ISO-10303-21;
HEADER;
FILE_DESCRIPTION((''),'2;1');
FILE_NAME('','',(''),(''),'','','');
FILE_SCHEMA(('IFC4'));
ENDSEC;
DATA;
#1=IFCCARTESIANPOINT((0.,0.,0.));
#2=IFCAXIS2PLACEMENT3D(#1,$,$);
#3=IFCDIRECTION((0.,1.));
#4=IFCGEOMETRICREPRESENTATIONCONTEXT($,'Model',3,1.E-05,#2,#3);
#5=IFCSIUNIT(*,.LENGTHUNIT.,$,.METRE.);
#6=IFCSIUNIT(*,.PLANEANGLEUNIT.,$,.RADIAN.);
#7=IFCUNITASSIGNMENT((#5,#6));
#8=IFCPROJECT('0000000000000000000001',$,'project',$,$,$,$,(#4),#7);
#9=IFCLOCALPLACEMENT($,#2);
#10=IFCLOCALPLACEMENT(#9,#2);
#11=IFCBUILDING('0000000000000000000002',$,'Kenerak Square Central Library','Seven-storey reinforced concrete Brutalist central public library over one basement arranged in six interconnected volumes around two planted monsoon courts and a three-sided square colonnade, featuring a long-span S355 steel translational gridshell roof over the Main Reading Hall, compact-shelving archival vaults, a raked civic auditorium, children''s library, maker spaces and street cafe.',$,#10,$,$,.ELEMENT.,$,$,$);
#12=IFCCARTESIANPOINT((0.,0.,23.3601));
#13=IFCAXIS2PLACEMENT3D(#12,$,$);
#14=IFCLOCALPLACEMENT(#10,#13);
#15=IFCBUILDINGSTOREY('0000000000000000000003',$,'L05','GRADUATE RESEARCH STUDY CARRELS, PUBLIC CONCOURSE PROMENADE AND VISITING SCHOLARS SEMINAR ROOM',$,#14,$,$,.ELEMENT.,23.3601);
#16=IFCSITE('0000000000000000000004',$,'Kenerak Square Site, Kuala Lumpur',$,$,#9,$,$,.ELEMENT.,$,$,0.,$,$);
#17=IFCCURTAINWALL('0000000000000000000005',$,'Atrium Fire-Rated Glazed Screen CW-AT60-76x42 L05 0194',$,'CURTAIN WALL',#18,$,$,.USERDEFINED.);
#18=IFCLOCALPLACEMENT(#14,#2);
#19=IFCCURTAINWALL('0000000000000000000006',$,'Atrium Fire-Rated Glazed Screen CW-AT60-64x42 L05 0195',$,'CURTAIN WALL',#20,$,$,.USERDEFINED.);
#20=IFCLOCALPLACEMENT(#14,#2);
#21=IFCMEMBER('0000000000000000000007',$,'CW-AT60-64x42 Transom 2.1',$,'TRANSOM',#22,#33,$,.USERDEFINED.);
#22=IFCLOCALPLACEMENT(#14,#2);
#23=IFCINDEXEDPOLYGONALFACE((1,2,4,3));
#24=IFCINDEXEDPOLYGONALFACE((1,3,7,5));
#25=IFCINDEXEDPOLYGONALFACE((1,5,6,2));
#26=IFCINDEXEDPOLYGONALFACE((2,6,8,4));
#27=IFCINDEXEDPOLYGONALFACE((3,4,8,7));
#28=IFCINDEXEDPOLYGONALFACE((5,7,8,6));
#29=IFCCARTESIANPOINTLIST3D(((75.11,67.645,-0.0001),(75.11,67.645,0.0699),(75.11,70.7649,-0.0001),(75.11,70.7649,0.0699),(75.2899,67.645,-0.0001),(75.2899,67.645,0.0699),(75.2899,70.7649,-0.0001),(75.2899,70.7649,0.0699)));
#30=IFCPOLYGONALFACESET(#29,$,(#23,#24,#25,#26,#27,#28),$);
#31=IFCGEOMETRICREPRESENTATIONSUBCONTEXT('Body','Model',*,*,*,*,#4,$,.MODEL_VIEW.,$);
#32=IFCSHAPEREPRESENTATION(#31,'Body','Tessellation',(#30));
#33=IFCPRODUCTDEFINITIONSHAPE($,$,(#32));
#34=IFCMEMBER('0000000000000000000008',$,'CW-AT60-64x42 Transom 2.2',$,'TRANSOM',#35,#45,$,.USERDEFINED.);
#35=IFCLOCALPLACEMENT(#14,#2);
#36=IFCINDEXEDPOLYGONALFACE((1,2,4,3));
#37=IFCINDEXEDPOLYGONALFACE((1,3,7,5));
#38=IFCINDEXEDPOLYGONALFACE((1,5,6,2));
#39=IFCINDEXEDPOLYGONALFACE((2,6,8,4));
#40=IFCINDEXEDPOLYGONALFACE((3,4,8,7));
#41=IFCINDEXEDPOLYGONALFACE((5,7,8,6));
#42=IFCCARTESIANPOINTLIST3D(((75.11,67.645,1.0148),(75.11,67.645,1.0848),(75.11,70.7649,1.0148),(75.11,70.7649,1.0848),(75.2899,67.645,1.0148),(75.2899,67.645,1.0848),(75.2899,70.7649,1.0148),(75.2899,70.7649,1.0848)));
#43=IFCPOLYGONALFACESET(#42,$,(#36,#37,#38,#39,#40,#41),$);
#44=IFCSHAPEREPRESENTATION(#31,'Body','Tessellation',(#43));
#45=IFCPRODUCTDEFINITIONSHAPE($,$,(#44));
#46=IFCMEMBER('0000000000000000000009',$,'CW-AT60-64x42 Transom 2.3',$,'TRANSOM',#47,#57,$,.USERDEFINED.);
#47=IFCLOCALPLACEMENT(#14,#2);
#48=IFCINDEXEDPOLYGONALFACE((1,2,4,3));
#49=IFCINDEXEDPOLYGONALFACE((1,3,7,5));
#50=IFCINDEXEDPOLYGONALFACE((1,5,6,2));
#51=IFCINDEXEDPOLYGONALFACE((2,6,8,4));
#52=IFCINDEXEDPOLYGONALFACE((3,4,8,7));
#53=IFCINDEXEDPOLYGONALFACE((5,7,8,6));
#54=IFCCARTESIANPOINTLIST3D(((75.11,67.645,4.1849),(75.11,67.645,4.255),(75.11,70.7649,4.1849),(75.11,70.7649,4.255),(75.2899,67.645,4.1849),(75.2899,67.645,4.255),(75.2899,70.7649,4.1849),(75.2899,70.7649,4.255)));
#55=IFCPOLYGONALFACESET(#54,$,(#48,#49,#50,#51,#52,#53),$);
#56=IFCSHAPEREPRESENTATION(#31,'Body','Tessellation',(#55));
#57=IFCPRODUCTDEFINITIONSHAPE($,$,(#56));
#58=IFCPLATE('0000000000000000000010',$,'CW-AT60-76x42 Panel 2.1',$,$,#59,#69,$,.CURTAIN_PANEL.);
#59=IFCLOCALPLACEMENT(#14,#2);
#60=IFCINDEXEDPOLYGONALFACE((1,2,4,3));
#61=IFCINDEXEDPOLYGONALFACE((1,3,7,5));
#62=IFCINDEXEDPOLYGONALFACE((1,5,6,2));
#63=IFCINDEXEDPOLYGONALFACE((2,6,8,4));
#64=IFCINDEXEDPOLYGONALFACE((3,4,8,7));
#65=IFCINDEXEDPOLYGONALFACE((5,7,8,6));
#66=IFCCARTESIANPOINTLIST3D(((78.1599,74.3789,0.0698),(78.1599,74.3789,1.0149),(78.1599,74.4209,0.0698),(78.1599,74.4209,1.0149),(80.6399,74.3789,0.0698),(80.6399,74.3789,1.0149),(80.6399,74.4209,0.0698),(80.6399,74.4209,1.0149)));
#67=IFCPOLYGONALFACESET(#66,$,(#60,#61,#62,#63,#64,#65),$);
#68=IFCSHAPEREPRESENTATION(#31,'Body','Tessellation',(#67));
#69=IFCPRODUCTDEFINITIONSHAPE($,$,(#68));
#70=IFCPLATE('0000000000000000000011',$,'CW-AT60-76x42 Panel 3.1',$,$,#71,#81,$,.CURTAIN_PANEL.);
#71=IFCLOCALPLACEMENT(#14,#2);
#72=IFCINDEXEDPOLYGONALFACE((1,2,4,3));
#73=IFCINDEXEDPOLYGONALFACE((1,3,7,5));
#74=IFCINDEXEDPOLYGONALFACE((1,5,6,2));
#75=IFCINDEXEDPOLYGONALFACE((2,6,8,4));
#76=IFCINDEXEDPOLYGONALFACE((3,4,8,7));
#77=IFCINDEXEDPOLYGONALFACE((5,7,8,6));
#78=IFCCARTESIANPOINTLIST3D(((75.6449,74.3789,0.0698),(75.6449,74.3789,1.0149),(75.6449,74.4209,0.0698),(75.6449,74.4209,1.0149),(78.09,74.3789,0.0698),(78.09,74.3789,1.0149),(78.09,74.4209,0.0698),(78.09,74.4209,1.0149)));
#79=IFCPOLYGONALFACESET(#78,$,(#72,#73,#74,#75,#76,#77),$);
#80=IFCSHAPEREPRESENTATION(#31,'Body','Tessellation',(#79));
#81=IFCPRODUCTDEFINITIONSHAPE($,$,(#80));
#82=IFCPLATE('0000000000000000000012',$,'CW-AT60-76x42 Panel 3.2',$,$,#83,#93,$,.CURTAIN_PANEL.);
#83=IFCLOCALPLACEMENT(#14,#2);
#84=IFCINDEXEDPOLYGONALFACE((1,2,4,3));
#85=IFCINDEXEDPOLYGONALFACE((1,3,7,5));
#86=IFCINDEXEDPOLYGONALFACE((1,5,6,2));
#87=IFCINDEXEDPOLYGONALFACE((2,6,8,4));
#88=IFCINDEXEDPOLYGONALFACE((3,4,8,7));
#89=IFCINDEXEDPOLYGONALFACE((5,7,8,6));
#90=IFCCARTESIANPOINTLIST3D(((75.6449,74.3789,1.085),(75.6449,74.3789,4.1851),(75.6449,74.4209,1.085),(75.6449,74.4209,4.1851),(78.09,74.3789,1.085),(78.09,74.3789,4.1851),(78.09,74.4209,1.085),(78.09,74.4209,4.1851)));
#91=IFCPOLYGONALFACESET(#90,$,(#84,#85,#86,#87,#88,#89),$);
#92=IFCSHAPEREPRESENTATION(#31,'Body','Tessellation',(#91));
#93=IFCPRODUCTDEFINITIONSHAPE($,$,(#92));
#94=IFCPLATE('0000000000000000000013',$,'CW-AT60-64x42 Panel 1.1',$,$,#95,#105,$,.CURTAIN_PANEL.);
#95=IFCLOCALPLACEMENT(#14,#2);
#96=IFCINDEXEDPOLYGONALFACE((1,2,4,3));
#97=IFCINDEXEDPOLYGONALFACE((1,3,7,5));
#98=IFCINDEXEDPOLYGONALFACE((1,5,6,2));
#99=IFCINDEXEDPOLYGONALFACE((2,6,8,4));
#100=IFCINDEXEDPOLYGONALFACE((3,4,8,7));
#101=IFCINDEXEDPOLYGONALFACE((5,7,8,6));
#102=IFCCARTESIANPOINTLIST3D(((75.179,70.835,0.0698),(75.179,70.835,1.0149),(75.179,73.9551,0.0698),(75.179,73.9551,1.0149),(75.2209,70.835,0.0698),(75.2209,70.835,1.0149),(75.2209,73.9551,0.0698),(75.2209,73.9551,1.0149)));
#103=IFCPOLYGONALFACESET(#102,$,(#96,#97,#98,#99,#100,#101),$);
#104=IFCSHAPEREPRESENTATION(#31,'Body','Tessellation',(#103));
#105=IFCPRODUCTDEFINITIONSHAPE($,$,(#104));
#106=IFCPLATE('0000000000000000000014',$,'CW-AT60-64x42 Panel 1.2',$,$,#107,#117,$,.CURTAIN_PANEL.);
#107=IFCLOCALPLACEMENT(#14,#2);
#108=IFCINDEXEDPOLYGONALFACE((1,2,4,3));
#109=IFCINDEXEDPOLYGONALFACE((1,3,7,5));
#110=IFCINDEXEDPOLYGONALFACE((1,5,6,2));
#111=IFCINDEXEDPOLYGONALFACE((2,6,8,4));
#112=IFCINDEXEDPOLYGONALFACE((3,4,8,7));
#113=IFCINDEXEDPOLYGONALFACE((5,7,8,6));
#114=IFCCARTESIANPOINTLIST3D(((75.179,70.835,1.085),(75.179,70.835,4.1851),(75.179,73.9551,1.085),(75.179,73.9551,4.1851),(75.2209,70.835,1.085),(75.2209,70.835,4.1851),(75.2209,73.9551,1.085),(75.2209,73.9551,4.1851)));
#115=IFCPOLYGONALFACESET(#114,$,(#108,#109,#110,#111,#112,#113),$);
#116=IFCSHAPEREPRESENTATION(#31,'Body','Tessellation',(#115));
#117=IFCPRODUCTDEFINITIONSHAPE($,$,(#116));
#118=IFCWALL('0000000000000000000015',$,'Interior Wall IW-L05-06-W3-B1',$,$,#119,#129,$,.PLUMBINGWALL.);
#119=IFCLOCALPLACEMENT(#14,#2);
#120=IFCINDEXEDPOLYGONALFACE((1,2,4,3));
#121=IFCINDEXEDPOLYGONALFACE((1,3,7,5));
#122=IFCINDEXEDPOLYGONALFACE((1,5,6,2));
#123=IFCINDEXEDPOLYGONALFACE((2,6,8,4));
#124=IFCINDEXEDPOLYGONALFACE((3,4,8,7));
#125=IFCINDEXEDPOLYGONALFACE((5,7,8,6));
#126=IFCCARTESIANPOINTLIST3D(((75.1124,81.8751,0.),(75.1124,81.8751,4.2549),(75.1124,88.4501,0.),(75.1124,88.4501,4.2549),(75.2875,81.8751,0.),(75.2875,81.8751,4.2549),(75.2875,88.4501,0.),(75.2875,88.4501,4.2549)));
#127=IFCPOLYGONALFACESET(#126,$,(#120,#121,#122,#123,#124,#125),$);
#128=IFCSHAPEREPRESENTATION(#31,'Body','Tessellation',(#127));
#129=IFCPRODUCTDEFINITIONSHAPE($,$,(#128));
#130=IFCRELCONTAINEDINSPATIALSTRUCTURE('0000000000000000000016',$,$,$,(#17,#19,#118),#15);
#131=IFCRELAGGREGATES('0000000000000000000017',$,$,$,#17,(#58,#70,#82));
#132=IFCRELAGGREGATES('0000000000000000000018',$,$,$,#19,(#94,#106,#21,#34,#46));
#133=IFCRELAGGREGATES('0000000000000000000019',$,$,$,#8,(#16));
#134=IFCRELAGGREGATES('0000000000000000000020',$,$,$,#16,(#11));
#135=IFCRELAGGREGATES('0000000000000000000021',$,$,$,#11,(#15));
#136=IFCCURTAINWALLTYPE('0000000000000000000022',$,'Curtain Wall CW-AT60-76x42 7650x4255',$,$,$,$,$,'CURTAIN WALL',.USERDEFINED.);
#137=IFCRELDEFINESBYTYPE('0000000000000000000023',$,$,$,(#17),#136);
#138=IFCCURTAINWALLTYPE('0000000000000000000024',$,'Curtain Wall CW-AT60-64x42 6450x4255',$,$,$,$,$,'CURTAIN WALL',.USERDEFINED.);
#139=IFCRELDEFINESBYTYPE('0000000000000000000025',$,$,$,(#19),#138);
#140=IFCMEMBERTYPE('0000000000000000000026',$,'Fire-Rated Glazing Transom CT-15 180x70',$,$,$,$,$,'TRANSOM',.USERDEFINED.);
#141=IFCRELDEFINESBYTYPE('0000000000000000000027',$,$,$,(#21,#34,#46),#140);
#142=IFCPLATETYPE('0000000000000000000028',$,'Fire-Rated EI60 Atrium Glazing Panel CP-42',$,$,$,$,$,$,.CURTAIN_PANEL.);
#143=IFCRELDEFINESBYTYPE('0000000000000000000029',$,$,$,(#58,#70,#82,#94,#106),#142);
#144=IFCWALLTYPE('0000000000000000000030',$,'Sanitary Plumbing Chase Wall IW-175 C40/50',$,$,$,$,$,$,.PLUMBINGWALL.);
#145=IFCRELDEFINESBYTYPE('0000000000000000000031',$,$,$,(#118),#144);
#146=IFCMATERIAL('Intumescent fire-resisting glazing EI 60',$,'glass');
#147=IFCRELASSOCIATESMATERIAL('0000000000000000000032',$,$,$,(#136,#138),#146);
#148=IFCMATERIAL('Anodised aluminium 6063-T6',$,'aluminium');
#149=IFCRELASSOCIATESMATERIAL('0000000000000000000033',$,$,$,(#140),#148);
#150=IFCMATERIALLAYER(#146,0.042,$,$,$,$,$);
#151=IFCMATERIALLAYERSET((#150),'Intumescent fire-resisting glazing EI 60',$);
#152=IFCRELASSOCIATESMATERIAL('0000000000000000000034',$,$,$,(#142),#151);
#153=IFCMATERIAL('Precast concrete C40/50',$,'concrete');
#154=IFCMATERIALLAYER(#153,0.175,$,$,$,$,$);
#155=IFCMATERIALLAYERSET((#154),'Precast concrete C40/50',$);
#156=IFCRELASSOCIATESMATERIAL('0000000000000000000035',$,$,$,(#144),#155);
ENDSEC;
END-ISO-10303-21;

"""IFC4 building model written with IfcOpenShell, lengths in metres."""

from ifc_helpers import new_model, si_unit, direction, frame, frame_2d, origin, origin_2d, place, context, subcontext, project, spatial, rectangle, extrude, material, layer, layer_set, material_profile, profile_set, type_object, element, aggregate, save


model = new_model("IFC4")

# Units and contexts
model_context = context("Model", 3, precision=1e-05, world=origin(), true_north=direction((0.0, 1.0)))
body_context = subcontext(model_context, "Body", "Model", "MODEL_VIEW")
ifc_project = project(units=[si_unit("LENGTHUNIT", "METRE"), si_unit("PLANEANGLEUNIT", "RADIAN")], contexts=[model_context])

# Site, building, storey
site_placement = place(None, origin())
site = spatial("IfcSite", under=ifc_project, at=site_placement, Name="Kenerak Square Site, Kuala Lumpur", CompositionType="ELEMENT", RefElevation=0.0)
building_placement = place(site_placement, origin())
building = spatial("IfcBuilding", under=site, at=building_placement, Name="Kenerak Square Central Library", Description="Seven-storey reinforced concrete Brutalist central public library over one basement arranged in six interconnected volumes around two planted monsoon courts and a three-sided square colonnade, featuring a long-span S355 steel translational gridshell roof over the Main Reading Hall, compact-shelving archival vaults, a raked civic auditorium, children's library, maker spaces and street cafe.", CompositionType="ELEMENT")
storey_placement = place(building_placement, frame((0.0, 0.0, 23.3601)))
storey = spatial("IfcBuildingStorey", under=building, at=storey_placement, Name="L05", Description="GRADUATE RESEARCH STUDY CARRELS, PUBLIC CONCOURSE PROMENADE AND VISITING SCHOLARS SEMINAR ROOM", CompositionType="ELEMENT", Elevation=23.3601)

# Curtain walls
ifc_material_1 = material(Name="Intumescent fire-resisting glazing EI 60", Category="glass")
curtain_wall_type_1 = type_object("IfcCurtainWallType", Name="Curtain Wall CW-AT60-76x42 7650x4255", ElementType="CURTAIN WALL", PredefinedType="USERDEFINED", material=ifc_material_1)
curtain_wall_1_placement = place(storey_placement, origin())
curtain_wall_1 = element("IfcCurtainWall", 1, at=curtain_wall_1_placement, inside=storey, type_object=curtain_wall_type_1, Name="Atrium Fire-Rated Glazed Screen CW-AT60-76x42 L05 0194", ObjectType="CURTAIN WALL", PredefinedType="USERDEFINED")
ifc_material_2 = material(Name="Anodised aluminium 6063-T6", Category="aluminium")
curtain_wall_type_2 = type_object("IfcCurtainWallType", Name="Curtain Wall CW-AT60-64x42 6450x4255", ElementType="CURTAIN WALL", PredefinedType="USERDEFINED", material=ifc_material_1)
curtain_wall_2_placement = place(storey_placement, origin())
curtain_wall_2 = element("IfcCurtainWall", 2, at=curtain_wall_2_placement, inside=storey, type_object=curtain_wall_type_2, Name="Atrium Fire-Rated Glazed Screen CW-AT60-64x42 L05 0195", ObjectType="CURTAIN WALL", PredefinedType="USERDEFINED")

# Members
ifc_material_profile_1 = material_profile(ifc_material_2, rectangle(XDim=0.1799, YDim=0.0701, at=origin_2d()), Name="AL TRANSOM 180x70")
ifc_profile_set_1 = profile_set([ifc_material_profile_1], Name="Anodised aluminium 6063-T6")
member_type_1 = type_object("IfcMemberType", Name="Fire-Rated Glazing Transom CT-15 180x70", ElementType="TRANSOM", PredefinedType="USERDEFINED", material=ifc_profile_set_1)
member_1_placement = place(storey_placement, frame((75.2, 70.7649, 0.0349), z_axis=(0.0, -1.0, 0.0), x_axis=(1.0, 0.0, 0.0)))
member_1 = element("IfcMember", 3, at=member_1_placement, type_object=member_type_1, Name="CW-AT60-64x42 Transom 2.1", ObjectType="TRANSOM", PredefinedType="USERDEFINED", context=body_context, shape_type="SweptSolid", body=[
    extrude(rectangle(XDim=0.1799, YDim=0.0701, at=origin_2d()), origin(), (0.0, 0.0, 1.0), 3.1199),
])
member_2_placement = place(storey_placement, frame((75.2, 70.7649, 1.0498), z_axis=(0.0, -1.0, 0.0), x_axis=(1.0, 0.0, 0.0)))
member_2 = element("IfcMember", 4, at=member_2_placement, type_object=member_type_1, Name="CW-AT60-64x42 Transom 2.2", ObjectType="TRANSOM", PredefinedType="USERDEFINED", context=body_context, shape_type="SweptSolid", body=[
    extrude(rectangle(XDim=0.1799, YDim=0.0701, at=origin_2d()), origin(), (0.0, 0.0, 1.0), 3.1199),
])
member_3_placement = place(storey_placement, frame((75.2, 70.7649, 4.22), z_axis=(0.0, -1.0, 0.0), x_axis=(1.0, 0.0, 0.0)))
member_3 = element("IfcMember", 5, at=member_3_placement, type_object=member_type_1, Name="CW-AT60-64x42 Transom 2.3", ObjectType="TRANSOM", PredefinedType="USERDEFINED", context=body_context, shape_type="SweptSolid", body=[
    extrude(rectangle(XDim=0.1799, YDim=0.0701, at=origin_2d()), origin(), (0.0, 0.0, 1.0), 3.1199),
])

# Plates
ifc_layer_1 = layer(ifc_material_1, 0.042)
ifc_layer_set_1 = layer_set([ifc_layer_1], Name="Intumescent fire-resisting glazing EI 60")
plate_type = type_object("IfcPlateType", Name="Fire-Rated EI60 Atrium Glazing Panel CP-42", PredefinedType="CURTAIN_PANEL", material=ifc_layer_set_1)
plate_1_placement = place(storey_placement, frame((79.3999, 74.3999, 0.0698), z_axis=(0.0, 0.0, 1.0), x_axis=(-1.0, 0.0, 0.0)))
plate_1 = element("IfcPlate", 6, at=plate_1_placement, type_object=plate_type, Name="CW-AT60-76x42 Panel 2.1", PredefinedType="CURTAIN_PANEL", context=body_context, shape_type="SweptSolid", body=[
    extrude(rectangle(XDim=2.48, YDim=0.042, at=origin_2d()), origin(), (0.0, 0.0, 1.0), 0.9451),
])
plate_2_placement = place(storey_placement, frame((76.8674, 74.3999, 0.0698), z_axis=(0.0, 0.0, 1.0), x_axis=(-1.0, 0.0, 0.0)))
plate_2 = element("IfcPlate", 7, at=plate_2_placement, type_object=plate_type, Name="CW-AT60-76x42 Panel 3.1", PredefinedType="CURTAIN_PANEL", context=body_context, shape_type="SweptSolid", body=[
    extrude(rectangle(XDim=2.4451, YDim=0.042, at=origin_2d()), origin(), (0.0, 0.0, 1.0), 0.9451),
])
plate_3_placement = place(storey_placement, frame((76.8674, 74.3999, 1.085), z_axis=(0.0, 0.0, 1.0), x_axis=(-1.0, 0.0, 0.0)))
plate_3 = element("IfcPlate", 8, at=plate_3_placement, type_object=plate_type, Name="CW-AT60-76x42 Panel 3.2", PredefinedType="CURTAIN_PANEL", context=body_context, shape_type="SweptSolid", body=[
    extrude(rectangle(XDim=2.4451, YDim=0.042, at=origin_2d()), origin(), (0.0, 0.0, 1.0), 3.1001),
])
aggregate(curtain_wall_1, [plate_1, plate_2, plate_3])
plate_4_placement = place(storey_placement, frame((75.2, 72.395, 0.0698), z_axis=(0.0, 0.0, 1.0), x_axis=(0.0, -1.0, 0.0)))
plate_4 = element("IfcPlate", 9, at=plate_4_placement, type_object=plate_type, Name="CW-AT60-64x42 Panel 1.1", PredefinedType="CURTAIN_PANEL", context=body_context, shape_type="SweptSolid", body=[
    extrude(rectangle(XDim=3.1201, YDim=0.042, at=origin_2d()), origin(), (0.0, 0.0, 1.0), 0.9451),
])
plate_5_placement = place(storey_placement, frame((75.2, 72.395, 1.085), z_axis=(0.0, 0.0, 1.0), x_axis=(0.0, -1.0, 0.0)))
plate_5 = element("IfcPlate", 10, at=plate_5_placement, type_object=plate_type, Name="CW-AT60-64x42 Panel 1.2", PredefinedType="CURTAIN_PANEL", context=body_context, shape_type="SweptSolid", body=[
    extrude(rectangle(XDim=3.1201, YDim=0.042, at=origin_2d()), origin(), (0.0, 0.0, 1.0), 3.1001),
])
aggregate(curtain_wall_2, [plate_4, plate_5, member_1, member_2, member_3])

# Wall
ifc_material_3 = material(Name="Precast concrete C40/50", Category="concrete")
ifc_layer_2 = layer(ifc_material_3, 0.175)
ifc_layer_set_2 = layer_set([ifc_layer_2], Name="Precast concrete C40/50")
wall_type = type_object("IfcWallType", Name="Sanitary Plumbing Chase Wall IW-175 C40/50", PredefinedType="PLUMBINGWALL", material=ifc_layer_set_2)
wall_placement = place(storey_placement, frame((75.2, 81.875, 0.0), z_axis=(0.0, 0.0, 1.0), x_axis=(0.0, 1.0, 0.0)))
element("IfcWall", 11, at=wall_placement, inside=storey, type_object=wall_type, Name="Interior Wall IW-L05-06-W3-B1", PredefinedType="PLUMBINGWALL", context=body_context, shape_type="SweptSolid", body=[
    extrude(rectangle(XDim=6.575, YDim=0.175, at=frame_2d((3.2876, 0.0))), origin(), (0.0, 0.0, 1.0), 4.2549),
])

save(model, "model.ifc")
